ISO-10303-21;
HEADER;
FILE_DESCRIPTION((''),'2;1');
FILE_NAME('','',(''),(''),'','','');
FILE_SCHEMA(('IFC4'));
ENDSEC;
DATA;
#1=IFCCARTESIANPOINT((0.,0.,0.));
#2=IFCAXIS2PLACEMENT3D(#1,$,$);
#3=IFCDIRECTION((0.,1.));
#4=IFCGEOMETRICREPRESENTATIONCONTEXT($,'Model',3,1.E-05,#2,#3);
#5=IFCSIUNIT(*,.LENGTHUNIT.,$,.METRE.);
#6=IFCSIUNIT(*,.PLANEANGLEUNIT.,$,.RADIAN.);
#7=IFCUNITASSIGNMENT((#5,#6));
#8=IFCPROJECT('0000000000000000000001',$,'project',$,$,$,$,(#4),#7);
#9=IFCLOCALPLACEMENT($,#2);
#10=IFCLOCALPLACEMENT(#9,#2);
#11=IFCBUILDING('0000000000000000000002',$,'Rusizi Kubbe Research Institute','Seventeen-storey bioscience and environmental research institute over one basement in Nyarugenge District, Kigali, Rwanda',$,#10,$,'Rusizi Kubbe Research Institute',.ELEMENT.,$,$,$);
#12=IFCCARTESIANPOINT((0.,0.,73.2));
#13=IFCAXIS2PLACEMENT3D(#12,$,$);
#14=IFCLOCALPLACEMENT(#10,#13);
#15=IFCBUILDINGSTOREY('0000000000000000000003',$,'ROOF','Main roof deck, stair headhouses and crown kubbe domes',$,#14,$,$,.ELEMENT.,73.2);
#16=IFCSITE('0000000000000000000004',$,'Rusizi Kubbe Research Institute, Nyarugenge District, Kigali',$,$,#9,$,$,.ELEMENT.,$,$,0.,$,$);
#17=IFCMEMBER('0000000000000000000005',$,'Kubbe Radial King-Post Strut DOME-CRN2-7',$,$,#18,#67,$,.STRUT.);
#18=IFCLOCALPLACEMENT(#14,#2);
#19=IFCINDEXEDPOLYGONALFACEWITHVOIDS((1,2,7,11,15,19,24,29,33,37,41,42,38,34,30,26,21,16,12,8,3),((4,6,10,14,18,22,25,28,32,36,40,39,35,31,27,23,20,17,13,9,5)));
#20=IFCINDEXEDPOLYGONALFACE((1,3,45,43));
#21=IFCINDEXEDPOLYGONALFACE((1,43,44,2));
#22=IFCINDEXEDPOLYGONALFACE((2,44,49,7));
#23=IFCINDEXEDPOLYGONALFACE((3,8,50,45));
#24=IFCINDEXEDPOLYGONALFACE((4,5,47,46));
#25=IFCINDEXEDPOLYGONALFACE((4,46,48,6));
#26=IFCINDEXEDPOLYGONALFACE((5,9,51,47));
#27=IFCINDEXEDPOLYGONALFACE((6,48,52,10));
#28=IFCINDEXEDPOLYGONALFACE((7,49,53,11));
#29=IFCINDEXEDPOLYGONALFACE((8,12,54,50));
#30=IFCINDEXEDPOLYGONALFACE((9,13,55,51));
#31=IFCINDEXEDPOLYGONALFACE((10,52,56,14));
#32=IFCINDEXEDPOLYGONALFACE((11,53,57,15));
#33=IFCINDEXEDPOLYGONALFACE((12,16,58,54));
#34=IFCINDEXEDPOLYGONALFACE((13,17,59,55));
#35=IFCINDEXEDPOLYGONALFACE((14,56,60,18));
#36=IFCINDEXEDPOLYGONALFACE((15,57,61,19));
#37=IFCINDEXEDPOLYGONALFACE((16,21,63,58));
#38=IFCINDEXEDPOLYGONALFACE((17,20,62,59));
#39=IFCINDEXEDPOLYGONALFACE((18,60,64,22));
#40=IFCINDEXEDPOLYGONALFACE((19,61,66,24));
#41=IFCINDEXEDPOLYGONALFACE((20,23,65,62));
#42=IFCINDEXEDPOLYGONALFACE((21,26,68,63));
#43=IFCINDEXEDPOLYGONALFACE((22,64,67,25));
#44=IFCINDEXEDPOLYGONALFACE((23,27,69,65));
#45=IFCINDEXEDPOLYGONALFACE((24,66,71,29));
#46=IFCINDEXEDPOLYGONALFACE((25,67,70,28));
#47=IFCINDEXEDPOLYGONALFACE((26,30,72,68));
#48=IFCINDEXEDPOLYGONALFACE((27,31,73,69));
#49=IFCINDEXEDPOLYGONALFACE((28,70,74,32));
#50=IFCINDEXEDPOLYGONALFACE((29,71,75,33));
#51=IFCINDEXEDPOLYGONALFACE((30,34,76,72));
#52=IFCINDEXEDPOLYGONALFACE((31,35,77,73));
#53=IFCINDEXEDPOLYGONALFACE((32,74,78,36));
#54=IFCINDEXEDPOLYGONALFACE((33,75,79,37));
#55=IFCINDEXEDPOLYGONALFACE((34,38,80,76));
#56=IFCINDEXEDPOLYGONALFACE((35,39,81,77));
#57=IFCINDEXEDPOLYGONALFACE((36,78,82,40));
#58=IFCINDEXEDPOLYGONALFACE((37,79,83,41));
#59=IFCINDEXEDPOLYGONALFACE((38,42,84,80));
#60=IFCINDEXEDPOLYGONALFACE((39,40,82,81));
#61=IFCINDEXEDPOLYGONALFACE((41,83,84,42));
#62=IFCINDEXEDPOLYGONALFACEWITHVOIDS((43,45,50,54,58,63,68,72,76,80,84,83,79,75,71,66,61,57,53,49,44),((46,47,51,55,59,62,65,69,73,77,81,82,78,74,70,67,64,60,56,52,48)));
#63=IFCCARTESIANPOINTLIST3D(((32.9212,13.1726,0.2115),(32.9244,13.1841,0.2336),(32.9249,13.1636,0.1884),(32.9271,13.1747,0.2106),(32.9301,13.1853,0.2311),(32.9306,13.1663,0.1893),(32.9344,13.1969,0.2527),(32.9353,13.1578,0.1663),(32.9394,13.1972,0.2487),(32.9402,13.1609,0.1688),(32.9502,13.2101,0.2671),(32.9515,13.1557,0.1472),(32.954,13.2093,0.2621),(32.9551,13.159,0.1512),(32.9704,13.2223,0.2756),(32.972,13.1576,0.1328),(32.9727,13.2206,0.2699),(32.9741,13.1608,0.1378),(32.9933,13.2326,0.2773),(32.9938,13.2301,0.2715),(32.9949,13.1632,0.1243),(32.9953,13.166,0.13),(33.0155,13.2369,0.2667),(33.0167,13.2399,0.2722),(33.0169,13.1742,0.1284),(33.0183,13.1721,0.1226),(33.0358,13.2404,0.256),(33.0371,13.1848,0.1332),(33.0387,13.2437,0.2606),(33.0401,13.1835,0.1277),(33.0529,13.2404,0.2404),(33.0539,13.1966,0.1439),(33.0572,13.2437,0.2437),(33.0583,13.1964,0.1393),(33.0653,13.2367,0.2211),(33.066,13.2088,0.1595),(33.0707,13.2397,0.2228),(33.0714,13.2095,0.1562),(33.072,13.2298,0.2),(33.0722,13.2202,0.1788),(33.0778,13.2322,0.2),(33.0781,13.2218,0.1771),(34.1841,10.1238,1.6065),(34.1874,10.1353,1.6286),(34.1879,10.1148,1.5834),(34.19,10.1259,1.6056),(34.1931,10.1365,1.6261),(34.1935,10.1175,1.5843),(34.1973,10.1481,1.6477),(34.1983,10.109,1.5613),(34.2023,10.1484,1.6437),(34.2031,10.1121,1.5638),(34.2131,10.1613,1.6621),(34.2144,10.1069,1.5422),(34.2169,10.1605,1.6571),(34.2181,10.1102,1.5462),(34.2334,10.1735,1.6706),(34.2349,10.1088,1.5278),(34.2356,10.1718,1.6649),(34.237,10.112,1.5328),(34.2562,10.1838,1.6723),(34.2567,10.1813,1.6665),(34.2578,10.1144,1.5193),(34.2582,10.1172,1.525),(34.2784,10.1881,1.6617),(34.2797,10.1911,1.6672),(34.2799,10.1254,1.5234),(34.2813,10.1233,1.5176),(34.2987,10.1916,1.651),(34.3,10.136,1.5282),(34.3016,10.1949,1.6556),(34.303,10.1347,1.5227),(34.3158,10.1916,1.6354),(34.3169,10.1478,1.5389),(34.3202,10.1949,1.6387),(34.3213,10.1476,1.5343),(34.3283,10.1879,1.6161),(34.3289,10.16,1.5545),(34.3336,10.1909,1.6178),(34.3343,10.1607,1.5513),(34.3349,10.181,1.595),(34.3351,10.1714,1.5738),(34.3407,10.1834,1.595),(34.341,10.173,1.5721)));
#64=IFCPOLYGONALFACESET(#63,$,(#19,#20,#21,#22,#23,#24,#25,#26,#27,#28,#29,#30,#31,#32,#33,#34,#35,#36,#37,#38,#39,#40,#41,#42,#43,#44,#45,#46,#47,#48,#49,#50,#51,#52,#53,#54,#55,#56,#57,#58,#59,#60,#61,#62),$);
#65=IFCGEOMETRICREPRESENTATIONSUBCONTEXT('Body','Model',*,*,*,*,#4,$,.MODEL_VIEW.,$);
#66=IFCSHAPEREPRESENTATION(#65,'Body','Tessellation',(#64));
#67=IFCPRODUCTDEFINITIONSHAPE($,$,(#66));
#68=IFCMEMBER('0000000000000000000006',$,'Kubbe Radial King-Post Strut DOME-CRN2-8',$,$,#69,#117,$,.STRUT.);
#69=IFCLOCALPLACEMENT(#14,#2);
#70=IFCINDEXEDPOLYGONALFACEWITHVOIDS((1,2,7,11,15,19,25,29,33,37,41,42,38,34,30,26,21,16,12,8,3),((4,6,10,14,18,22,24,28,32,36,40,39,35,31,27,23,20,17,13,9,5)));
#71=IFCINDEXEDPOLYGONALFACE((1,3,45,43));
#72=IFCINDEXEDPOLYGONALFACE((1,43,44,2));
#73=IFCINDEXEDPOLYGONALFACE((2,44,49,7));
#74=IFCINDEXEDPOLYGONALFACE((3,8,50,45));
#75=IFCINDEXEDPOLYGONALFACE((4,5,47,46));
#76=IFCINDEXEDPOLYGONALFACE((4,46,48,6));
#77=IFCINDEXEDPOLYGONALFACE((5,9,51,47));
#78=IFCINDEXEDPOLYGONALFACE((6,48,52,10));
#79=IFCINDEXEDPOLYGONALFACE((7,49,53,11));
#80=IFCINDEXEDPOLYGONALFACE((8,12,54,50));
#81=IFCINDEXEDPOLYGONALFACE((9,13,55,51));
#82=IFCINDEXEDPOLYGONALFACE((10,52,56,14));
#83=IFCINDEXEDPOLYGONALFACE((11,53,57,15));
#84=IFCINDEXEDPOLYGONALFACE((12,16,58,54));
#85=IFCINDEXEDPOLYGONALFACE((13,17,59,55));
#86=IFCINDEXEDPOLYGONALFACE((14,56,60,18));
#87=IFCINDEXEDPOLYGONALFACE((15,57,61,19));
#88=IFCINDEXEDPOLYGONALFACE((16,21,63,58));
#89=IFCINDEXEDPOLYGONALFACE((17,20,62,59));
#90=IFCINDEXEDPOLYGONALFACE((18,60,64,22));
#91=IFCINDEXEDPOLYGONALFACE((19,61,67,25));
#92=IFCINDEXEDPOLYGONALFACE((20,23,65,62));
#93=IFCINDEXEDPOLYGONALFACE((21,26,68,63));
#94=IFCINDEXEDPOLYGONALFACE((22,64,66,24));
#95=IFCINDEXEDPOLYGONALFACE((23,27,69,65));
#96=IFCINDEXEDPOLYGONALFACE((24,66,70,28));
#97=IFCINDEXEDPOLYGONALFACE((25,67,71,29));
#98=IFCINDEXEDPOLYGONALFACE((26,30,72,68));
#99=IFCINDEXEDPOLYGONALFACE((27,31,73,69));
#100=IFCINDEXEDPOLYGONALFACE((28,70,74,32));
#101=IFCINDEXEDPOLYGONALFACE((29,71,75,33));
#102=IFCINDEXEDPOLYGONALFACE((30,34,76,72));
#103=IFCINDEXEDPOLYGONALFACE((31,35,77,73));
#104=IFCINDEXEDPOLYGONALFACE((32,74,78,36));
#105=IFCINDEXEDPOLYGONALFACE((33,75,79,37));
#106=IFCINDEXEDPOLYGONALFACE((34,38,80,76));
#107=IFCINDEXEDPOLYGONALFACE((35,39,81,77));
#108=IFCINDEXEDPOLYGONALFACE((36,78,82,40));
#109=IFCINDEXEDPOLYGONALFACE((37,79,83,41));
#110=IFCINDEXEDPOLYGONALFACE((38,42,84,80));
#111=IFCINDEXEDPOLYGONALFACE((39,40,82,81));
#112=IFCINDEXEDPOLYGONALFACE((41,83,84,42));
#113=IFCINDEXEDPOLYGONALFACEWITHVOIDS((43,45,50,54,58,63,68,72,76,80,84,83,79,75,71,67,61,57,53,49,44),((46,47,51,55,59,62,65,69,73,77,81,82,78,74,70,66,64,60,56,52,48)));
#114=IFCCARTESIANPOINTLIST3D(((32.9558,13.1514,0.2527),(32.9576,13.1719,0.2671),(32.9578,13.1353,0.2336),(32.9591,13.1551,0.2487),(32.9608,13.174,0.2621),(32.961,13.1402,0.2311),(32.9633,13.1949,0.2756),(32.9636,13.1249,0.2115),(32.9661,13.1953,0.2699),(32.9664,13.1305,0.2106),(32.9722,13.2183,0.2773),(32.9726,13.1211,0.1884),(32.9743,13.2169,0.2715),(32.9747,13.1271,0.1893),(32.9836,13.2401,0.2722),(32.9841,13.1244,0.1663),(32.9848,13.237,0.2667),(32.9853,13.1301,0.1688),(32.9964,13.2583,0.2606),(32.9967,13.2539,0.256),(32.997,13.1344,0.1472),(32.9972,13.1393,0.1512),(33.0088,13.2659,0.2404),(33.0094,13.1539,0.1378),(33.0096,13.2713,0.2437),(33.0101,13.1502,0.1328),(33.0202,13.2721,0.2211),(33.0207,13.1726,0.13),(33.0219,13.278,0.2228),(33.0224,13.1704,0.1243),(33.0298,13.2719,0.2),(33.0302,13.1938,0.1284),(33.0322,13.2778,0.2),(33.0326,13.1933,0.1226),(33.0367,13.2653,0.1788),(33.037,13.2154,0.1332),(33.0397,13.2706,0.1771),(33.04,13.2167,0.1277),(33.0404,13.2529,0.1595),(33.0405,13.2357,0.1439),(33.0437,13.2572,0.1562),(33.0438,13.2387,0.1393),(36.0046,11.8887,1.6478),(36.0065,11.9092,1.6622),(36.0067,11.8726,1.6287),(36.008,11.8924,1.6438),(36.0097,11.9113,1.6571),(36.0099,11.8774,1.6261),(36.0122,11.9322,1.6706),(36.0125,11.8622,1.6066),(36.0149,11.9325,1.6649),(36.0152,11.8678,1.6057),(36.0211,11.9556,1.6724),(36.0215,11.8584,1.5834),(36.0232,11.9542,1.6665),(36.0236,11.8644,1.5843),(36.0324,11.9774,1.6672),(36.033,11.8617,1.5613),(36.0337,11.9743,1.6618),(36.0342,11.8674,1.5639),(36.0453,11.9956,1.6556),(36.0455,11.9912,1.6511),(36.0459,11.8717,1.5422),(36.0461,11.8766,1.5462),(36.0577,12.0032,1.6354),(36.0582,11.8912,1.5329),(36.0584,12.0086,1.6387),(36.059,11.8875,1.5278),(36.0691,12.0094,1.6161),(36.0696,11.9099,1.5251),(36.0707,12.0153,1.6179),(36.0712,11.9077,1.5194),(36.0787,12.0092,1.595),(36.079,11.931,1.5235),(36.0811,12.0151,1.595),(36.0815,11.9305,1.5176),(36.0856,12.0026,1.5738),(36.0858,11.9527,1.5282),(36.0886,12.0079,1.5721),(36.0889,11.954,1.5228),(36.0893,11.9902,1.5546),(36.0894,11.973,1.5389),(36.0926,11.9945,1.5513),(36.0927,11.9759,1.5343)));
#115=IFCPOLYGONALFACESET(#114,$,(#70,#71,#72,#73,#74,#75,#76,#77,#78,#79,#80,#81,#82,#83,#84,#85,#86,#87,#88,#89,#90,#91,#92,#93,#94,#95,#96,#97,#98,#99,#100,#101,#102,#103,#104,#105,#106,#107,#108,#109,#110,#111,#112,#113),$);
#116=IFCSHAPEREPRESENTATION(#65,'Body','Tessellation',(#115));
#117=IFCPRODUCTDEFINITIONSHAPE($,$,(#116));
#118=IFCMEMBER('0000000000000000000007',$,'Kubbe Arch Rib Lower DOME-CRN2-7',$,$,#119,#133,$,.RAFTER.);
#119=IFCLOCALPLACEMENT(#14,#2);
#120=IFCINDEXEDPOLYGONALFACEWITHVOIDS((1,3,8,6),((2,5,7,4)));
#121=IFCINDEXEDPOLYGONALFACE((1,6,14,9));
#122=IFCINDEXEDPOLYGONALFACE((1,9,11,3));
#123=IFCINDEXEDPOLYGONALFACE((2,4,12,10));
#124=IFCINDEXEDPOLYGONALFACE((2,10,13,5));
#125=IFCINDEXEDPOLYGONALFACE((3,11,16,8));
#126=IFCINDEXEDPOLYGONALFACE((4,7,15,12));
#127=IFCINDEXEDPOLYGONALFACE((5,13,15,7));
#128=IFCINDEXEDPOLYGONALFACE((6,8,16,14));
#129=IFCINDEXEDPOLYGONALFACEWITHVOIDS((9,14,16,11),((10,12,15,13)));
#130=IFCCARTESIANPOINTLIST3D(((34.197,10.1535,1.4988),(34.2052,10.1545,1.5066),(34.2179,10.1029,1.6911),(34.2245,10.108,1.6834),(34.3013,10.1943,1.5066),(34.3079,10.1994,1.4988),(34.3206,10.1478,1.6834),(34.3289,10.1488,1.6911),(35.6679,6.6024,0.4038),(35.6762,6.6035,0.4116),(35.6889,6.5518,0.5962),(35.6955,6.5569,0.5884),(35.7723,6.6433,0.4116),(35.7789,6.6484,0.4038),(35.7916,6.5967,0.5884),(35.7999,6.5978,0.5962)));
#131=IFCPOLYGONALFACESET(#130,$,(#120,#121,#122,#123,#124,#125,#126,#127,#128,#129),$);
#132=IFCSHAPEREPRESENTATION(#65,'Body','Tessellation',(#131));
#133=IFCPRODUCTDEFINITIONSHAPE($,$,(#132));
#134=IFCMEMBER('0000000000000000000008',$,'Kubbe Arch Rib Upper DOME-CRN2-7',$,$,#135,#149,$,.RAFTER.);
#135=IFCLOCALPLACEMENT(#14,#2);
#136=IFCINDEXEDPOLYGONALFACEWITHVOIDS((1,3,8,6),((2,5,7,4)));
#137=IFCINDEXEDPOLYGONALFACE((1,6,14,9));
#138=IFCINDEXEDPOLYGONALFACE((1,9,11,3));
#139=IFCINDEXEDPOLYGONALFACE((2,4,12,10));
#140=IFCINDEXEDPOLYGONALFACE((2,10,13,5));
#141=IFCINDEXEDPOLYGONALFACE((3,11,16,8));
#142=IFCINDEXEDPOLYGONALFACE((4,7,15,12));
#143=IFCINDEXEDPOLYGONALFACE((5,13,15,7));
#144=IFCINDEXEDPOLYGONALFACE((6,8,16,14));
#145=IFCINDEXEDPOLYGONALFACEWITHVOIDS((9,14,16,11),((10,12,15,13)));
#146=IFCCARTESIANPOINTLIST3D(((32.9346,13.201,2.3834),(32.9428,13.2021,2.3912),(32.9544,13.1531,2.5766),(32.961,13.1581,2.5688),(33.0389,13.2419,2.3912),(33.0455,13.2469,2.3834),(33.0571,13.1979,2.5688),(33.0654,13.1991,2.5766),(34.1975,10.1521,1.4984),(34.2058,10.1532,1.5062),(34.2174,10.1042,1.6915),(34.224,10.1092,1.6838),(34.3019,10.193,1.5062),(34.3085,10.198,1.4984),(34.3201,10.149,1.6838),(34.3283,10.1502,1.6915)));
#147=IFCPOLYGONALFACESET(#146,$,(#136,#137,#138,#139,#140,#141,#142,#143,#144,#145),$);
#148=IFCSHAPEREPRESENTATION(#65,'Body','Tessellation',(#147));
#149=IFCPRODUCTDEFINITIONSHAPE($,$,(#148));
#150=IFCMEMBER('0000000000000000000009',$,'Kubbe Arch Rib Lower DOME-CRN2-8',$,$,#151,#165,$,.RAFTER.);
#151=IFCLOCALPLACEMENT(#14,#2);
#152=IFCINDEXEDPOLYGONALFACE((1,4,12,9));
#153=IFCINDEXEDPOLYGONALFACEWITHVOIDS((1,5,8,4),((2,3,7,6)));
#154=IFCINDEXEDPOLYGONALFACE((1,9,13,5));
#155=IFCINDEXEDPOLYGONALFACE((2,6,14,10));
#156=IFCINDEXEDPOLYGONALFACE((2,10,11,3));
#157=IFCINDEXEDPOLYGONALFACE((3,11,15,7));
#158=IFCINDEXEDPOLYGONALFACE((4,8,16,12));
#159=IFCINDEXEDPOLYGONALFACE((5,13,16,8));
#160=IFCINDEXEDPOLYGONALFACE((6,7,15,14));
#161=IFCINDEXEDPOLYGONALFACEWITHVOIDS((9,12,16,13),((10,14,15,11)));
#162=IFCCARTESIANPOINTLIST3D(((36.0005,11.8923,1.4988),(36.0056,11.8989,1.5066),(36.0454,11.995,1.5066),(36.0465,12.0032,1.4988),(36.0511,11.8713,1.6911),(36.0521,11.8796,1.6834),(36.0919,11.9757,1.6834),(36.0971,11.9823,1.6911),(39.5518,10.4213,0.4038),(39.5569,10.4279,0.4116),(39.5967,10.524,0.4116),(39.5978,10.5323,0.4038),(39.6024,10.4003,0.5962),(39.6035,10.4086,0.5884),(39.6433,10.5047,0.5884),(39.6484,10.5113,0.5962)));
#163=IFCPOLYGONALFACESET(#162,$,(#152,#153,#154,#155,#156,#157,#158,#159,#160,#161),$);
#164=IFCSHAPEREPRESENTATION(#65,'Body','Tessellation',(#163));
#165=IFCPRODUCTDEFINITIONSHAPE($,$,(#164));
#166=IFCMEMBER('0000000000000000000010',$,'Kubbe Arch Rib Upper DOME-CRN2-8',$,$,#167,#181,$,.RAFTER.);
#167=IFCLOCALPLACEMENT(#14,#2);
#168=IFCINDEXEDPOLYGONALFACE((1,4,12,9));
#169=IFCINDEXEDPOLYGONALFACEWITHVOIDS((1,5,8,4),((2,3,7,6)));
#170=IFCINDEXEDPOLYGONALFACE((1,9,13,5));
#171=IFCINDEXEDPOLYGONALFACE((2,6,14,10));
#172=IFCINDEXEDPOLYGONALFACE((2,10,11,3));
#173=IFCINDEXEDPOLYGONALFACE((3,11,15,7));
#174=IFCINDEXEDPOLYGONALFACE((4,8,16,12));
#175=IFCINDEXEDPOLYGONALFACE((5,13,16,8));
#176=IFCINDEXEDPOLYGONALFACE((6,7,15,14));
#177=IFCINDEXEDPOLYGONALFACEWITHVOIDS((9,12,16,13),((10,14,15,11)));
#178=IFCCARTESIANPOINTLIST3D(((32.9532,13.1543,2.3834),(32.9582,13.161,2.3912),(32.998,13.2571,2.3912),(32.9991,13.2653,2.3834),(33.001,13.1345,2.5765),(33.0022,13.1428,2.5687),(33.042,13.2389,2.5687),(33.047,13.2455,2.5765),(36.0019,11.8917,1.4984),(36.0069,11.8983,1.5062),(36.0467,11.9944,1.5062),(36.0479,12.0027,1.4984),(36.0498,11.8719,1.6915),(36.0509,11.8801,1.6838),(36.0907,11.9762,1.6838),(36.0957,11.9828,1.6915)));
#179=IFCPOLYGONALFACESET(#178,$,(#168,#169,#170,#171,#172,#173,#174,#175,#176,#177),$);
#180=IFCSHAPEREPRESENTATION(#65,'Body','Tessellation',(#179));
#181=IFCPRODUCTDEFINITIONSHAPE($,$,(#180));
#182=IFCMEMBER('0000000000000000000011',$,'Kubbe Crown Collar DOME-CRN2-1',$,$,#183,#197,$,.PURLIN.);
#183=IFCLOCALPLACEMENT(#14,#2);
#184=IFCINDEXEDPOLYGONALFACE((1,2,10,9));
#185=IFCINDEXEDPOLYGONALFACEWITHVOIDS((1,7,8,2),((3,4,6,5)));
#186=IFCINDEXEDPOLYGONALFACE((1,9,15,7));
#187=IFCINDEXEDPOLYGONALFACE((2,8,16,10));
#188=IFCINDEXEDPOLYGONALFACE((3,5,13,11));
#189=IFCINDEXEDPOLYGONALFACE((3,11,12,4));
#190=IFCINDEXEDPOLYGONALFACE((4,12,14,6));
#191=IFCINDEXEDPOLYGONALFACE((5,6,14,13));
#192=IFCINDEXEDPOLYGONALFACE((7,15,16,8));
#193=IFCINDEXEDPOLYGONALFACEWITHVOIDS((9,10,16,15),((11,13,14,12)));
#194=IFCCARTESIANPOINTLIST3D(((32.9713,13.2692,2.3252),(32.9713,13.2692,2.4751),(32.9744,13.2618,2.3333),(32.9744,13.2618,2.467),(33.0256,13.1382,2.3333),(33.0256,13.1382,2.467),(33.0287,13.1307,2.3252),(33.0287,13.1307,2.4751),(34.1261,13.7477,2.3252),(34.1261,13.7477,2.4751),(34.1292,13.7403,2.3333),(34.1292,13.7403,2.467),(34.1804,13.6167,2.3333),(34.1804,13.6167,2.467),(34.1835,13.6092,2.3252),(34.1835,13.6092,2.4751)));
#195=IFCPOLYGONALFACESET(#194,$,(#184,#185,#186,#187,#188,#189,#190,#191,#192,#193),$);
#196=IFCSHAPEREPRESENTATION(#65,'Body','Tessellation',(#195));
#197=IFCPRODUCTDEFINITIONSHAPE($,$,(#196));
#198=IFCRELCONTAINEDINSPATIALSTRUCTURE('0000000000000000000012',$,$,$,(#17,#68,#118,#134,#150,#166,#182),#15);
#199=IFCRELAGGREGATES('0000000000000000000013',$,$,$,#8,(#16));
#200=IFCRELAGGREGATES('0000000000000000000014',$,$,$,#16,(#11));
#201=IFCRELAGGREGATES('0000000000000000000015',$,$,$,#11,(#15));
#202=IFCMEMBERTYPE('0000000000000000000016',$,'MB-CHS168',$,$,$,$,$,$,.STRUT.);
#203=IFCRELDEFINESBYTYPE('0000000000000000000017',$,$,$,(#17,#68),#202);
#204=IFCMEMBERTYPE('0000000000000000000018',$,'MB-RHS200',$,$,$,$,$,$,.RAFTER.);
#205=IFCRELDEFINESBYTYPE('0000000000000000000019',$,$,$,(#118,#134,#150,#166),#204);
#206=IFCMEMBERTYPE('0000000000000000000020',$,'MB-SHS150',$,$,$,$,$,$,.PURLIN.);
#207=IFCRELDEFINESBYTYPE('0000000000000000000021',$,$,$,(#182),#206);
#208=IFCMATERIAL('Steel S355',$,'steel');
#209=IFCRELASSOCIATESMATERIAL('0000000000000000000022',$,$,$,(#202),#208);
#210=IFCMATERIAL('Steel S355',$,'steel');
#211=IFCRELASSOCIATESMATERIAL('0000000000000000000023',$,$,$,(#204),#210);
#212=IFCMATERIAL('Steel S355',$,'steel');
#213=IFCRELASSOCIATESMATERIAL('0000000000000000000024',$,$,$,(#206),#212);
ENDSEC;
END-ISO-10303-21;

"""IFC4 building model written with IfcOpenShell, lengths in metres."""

from ifc_helpers import new_model, si_unit, direction, frame, origin, origin_2d, place, context, subcontext, project, spatial, hollow_rectangle, hollow_circle, extrude, material, material_profile, profile_set, type_object, element, save


model = new_model("IFC4")

# Units and contexts
model_context = context("Model", 3, precision=1e-05, world=origin(), true_north=direction((0.0, 1.0)))
body_context = subcontext(model_context, "Body", "Model", "MODEL_VIEW")
ifc_project = project(units=[si_unit("LENGTHUNIT", "METRE"), si_unit("PLANEANGLEUNIT", "RADIAN")], contexts=[model_context])

# Site, building, storey
site_placement = place(None, origin())
site = spatial("IfcSite", under=ifc_project, at=site_placement, Name="Rusizi Kubbe Research Institute, Nyarugenge District, Kigali", CompositionType="ELEMENT", RefElevation=0.0)
building_placement = place(site_placement, origin())
building = spatial("IfcBuilding", under=site, at=building_placement, Name="Rusizi Kubbe Research Institute", Description="Seventeen-storey bioscience and environmental research institute over one basement in Nyarugenge District, Kigali, Rwanda", LongName="Rusizi Kubbe Research Institute", CompositionType="ELEMENT")
storey_placement = place(building_placement, frame((0.0, 0.0, 73.2)))
storey = spatial("IfcBuildingStorey", under=building, at=storey_placement, Name="ROOF", Description="Main roof deck, stair headhouses and crown kubbe domes", CompositionType="ELEMENT", Elevation=73.2)

# Members
ifc_material_1 = material(Name="Steel S355", Category="steel")
ifc_material_profile_1 = material_profile(ifc_material_1, hollow_circle(Radius=0.0842, WallThickness=0.0063, at=origin_2d()), Name="CHS 168.3x6.3")
ifc_profile_set_1 = profile_set([ifc_material_profile_1], Name="Steel S355")
member_type_1 = type_object("IfcMemberType", Name="MB-CHS168", PredefinedType="STRUT", material=ifc_profile_set_1)
for number, where, z_axis, x_axis, name in (
    (1, (33.0, 13.2, 0.2), (0.352501, -0.850963, 0.389366), (0.923872, 0.382702, 0.0), "Kubbe Radial King-Post Strut DOME-CRN2-7"),
    (2, (33.0, 13.2, 0.2), (0.850983, -0.352441, 0.389375), (0.382639, 0.923898, 0.0), "Kubbe Radial King-Post Strut DOME-CRN2-8"),
):
    element("IfcMember", number, at=place(storey_placement, frame(where, z_axis=z_axis, x_axis=x_axis)), inside=storey, type_object=member_type_1, Name=name, PredefinedType="STRUT", context=body_context, shape_type="SweptSolid", body=[
        extrude(hollow_circle(Radius=0.0842, WallThickness=0.0063, at=origin_2d()), origin(), (0.0, 0.0, 1.0), 3.5828),
    ])
ifc_material_2 = material(Name="Steel S355", Category="steel")
ifc_material_profile_2 = material_profile(ifc_material_2, hollow_rectangle(XDim=0.1201, YDim=0.2, WallThickness=0.0081, at=origin_2d()), Name="RHS 200x120x8.0")
ifc_profile_set_2 = profile_set([ifc_material_profile_2], Name="Steel S355")
member_type_2 = type_object("IfcMemberType", Name="MB-RHS200", PredefinedType="RAFTER", material=ifc_profile_set_2)
member_1_placement = place(storey_placement, frame((35.7339, 6.6001, 0.5), z_axis=(-0.368054, 0.888522, 0.273979), x_axis=(-0.923874, -0.382698, 0.0)))
element("IfcMember", 3, at=member_1_placement, inside=storey, type_object=member_type_2, Name="Kubbe Arch Rib Lower DOME-CRN2-7", PredefinedType="RAFTER", context=body_context, shape_type="SweptSolid", body=[
    extrude(hollow_rectangle(XDim=0.1201, YDim=0.2, WallThickness=0.0081, at=origin_2d()), origin(), (0.0, 0.0, 1.0), 3.9966),
])
member_2_placement = place(storey_placement, frame((34.2629, 10.1511, 1.595), z_axis=(-0.369641, 0.89234, 0.259027), x_axis=(-0.923872, -0.382702, 0.0)))
element("IfcMember", 4, at=member_2_placement, inside=storey, type_object=member_type_2, Name="Kubbe Arch Rib Upper DOME-CRN2-7", PredefinedType="RAFTER", context=body_context, shape_type="SweptSolid", body=[
    extrude(hollow_rectangle(XDim=0.1201, YDim=0.2, WallThickness=0.0081, at=origin_2d()), origin(), (0.0, 0.0, 1.0), 3.4167),
])
member_3_placement = place(storey_placement, frame((39.6001, 10.4663, 0.5), z_axis=(-0.888535, 0.368034, 0.273964), x_axis=(-0.382675, -0.923883, 0.0)))
element("IfcMember", 5, at=member_3_placement, inside=storey, type_object=member_type_2, Name="Kubbe Arch Rib Lower DOME-CRN2-8", PredefinedType="RAFTER", context=body_context, shape_type="SweptSolid", body=[
    extrude(hollow_rectangle(XDim=0.1201, YDim=0.2, WallThickness=0.0081, at=origin_2d()), origin(), (0.0, 0.0, 1.0), 3.9968),
])
member_4_placement = place(storey_placement, frame((36.0488, 11.9373, 1.595), z_axis=(-0.892364, 0.369579, 0.259034), x_axis=(-0.382639, -0.923898, 0.0)))
element("IfcMember", 6, at=member_4_placement, inside=storey, type_object=member_type_2, Name="Kubbe Arch Rib Upper DOME-CRN2-8", PredefinedType="RAFTER", context=body_context, shape_type="SweptSolid", body=[
    extrude(hollow_rectangle(XDim=0.1201, YDim=0.2, WallThickness=0.0081, at=origin_2d()), origin(), (0.0, 0.0, 1.0), 3.4165),
])
ifc_material_3 = material(Name="Steel S355", Category="steel")
ifc_material_profile_3 = material_profile(ifc_material_3, hollow_rectangle(XDim=0.1499, YDim=0.1499, WallThickness=0.0081, at=origin_2d()), Name="SHS 150x150x8.0")
ifc_profile_set_3 = profile_set([ifc_material_profile_3], Name="Steel S355")
member_type_3 = type_object("IfcMemberType", Name="MB-SHS150", PredefinedType="PURLIN", material=ifc_profile_set_3)
for number, where, z_axis, x_axis, name in (
    (7, (33.0, 13.2, 2.4001), (0.923826, 0.382812, 0.0), (-0.382812, 0.923826, 0.0), "Kubbe Crown Collar DOME-CRN2-1"),
):
    element("IfcMember", number, at=place(storey_placement, frame(where, z_axis=z_axis, x_axis=x_axis)), inside=storey, type_object=member_type_3, Name=name, PredefinedType="PURLIN", context=body_context, shape_type="SweptSolid", body=[
        extrude(hollow_rectangle(XDim=0.1499, YDim=0.1499, WallThickness=0.0081, at=origin_2d()), origin(), (0.0, 0.0, 1.0), 1.25),
    ])

save(model, "model.ifc")
